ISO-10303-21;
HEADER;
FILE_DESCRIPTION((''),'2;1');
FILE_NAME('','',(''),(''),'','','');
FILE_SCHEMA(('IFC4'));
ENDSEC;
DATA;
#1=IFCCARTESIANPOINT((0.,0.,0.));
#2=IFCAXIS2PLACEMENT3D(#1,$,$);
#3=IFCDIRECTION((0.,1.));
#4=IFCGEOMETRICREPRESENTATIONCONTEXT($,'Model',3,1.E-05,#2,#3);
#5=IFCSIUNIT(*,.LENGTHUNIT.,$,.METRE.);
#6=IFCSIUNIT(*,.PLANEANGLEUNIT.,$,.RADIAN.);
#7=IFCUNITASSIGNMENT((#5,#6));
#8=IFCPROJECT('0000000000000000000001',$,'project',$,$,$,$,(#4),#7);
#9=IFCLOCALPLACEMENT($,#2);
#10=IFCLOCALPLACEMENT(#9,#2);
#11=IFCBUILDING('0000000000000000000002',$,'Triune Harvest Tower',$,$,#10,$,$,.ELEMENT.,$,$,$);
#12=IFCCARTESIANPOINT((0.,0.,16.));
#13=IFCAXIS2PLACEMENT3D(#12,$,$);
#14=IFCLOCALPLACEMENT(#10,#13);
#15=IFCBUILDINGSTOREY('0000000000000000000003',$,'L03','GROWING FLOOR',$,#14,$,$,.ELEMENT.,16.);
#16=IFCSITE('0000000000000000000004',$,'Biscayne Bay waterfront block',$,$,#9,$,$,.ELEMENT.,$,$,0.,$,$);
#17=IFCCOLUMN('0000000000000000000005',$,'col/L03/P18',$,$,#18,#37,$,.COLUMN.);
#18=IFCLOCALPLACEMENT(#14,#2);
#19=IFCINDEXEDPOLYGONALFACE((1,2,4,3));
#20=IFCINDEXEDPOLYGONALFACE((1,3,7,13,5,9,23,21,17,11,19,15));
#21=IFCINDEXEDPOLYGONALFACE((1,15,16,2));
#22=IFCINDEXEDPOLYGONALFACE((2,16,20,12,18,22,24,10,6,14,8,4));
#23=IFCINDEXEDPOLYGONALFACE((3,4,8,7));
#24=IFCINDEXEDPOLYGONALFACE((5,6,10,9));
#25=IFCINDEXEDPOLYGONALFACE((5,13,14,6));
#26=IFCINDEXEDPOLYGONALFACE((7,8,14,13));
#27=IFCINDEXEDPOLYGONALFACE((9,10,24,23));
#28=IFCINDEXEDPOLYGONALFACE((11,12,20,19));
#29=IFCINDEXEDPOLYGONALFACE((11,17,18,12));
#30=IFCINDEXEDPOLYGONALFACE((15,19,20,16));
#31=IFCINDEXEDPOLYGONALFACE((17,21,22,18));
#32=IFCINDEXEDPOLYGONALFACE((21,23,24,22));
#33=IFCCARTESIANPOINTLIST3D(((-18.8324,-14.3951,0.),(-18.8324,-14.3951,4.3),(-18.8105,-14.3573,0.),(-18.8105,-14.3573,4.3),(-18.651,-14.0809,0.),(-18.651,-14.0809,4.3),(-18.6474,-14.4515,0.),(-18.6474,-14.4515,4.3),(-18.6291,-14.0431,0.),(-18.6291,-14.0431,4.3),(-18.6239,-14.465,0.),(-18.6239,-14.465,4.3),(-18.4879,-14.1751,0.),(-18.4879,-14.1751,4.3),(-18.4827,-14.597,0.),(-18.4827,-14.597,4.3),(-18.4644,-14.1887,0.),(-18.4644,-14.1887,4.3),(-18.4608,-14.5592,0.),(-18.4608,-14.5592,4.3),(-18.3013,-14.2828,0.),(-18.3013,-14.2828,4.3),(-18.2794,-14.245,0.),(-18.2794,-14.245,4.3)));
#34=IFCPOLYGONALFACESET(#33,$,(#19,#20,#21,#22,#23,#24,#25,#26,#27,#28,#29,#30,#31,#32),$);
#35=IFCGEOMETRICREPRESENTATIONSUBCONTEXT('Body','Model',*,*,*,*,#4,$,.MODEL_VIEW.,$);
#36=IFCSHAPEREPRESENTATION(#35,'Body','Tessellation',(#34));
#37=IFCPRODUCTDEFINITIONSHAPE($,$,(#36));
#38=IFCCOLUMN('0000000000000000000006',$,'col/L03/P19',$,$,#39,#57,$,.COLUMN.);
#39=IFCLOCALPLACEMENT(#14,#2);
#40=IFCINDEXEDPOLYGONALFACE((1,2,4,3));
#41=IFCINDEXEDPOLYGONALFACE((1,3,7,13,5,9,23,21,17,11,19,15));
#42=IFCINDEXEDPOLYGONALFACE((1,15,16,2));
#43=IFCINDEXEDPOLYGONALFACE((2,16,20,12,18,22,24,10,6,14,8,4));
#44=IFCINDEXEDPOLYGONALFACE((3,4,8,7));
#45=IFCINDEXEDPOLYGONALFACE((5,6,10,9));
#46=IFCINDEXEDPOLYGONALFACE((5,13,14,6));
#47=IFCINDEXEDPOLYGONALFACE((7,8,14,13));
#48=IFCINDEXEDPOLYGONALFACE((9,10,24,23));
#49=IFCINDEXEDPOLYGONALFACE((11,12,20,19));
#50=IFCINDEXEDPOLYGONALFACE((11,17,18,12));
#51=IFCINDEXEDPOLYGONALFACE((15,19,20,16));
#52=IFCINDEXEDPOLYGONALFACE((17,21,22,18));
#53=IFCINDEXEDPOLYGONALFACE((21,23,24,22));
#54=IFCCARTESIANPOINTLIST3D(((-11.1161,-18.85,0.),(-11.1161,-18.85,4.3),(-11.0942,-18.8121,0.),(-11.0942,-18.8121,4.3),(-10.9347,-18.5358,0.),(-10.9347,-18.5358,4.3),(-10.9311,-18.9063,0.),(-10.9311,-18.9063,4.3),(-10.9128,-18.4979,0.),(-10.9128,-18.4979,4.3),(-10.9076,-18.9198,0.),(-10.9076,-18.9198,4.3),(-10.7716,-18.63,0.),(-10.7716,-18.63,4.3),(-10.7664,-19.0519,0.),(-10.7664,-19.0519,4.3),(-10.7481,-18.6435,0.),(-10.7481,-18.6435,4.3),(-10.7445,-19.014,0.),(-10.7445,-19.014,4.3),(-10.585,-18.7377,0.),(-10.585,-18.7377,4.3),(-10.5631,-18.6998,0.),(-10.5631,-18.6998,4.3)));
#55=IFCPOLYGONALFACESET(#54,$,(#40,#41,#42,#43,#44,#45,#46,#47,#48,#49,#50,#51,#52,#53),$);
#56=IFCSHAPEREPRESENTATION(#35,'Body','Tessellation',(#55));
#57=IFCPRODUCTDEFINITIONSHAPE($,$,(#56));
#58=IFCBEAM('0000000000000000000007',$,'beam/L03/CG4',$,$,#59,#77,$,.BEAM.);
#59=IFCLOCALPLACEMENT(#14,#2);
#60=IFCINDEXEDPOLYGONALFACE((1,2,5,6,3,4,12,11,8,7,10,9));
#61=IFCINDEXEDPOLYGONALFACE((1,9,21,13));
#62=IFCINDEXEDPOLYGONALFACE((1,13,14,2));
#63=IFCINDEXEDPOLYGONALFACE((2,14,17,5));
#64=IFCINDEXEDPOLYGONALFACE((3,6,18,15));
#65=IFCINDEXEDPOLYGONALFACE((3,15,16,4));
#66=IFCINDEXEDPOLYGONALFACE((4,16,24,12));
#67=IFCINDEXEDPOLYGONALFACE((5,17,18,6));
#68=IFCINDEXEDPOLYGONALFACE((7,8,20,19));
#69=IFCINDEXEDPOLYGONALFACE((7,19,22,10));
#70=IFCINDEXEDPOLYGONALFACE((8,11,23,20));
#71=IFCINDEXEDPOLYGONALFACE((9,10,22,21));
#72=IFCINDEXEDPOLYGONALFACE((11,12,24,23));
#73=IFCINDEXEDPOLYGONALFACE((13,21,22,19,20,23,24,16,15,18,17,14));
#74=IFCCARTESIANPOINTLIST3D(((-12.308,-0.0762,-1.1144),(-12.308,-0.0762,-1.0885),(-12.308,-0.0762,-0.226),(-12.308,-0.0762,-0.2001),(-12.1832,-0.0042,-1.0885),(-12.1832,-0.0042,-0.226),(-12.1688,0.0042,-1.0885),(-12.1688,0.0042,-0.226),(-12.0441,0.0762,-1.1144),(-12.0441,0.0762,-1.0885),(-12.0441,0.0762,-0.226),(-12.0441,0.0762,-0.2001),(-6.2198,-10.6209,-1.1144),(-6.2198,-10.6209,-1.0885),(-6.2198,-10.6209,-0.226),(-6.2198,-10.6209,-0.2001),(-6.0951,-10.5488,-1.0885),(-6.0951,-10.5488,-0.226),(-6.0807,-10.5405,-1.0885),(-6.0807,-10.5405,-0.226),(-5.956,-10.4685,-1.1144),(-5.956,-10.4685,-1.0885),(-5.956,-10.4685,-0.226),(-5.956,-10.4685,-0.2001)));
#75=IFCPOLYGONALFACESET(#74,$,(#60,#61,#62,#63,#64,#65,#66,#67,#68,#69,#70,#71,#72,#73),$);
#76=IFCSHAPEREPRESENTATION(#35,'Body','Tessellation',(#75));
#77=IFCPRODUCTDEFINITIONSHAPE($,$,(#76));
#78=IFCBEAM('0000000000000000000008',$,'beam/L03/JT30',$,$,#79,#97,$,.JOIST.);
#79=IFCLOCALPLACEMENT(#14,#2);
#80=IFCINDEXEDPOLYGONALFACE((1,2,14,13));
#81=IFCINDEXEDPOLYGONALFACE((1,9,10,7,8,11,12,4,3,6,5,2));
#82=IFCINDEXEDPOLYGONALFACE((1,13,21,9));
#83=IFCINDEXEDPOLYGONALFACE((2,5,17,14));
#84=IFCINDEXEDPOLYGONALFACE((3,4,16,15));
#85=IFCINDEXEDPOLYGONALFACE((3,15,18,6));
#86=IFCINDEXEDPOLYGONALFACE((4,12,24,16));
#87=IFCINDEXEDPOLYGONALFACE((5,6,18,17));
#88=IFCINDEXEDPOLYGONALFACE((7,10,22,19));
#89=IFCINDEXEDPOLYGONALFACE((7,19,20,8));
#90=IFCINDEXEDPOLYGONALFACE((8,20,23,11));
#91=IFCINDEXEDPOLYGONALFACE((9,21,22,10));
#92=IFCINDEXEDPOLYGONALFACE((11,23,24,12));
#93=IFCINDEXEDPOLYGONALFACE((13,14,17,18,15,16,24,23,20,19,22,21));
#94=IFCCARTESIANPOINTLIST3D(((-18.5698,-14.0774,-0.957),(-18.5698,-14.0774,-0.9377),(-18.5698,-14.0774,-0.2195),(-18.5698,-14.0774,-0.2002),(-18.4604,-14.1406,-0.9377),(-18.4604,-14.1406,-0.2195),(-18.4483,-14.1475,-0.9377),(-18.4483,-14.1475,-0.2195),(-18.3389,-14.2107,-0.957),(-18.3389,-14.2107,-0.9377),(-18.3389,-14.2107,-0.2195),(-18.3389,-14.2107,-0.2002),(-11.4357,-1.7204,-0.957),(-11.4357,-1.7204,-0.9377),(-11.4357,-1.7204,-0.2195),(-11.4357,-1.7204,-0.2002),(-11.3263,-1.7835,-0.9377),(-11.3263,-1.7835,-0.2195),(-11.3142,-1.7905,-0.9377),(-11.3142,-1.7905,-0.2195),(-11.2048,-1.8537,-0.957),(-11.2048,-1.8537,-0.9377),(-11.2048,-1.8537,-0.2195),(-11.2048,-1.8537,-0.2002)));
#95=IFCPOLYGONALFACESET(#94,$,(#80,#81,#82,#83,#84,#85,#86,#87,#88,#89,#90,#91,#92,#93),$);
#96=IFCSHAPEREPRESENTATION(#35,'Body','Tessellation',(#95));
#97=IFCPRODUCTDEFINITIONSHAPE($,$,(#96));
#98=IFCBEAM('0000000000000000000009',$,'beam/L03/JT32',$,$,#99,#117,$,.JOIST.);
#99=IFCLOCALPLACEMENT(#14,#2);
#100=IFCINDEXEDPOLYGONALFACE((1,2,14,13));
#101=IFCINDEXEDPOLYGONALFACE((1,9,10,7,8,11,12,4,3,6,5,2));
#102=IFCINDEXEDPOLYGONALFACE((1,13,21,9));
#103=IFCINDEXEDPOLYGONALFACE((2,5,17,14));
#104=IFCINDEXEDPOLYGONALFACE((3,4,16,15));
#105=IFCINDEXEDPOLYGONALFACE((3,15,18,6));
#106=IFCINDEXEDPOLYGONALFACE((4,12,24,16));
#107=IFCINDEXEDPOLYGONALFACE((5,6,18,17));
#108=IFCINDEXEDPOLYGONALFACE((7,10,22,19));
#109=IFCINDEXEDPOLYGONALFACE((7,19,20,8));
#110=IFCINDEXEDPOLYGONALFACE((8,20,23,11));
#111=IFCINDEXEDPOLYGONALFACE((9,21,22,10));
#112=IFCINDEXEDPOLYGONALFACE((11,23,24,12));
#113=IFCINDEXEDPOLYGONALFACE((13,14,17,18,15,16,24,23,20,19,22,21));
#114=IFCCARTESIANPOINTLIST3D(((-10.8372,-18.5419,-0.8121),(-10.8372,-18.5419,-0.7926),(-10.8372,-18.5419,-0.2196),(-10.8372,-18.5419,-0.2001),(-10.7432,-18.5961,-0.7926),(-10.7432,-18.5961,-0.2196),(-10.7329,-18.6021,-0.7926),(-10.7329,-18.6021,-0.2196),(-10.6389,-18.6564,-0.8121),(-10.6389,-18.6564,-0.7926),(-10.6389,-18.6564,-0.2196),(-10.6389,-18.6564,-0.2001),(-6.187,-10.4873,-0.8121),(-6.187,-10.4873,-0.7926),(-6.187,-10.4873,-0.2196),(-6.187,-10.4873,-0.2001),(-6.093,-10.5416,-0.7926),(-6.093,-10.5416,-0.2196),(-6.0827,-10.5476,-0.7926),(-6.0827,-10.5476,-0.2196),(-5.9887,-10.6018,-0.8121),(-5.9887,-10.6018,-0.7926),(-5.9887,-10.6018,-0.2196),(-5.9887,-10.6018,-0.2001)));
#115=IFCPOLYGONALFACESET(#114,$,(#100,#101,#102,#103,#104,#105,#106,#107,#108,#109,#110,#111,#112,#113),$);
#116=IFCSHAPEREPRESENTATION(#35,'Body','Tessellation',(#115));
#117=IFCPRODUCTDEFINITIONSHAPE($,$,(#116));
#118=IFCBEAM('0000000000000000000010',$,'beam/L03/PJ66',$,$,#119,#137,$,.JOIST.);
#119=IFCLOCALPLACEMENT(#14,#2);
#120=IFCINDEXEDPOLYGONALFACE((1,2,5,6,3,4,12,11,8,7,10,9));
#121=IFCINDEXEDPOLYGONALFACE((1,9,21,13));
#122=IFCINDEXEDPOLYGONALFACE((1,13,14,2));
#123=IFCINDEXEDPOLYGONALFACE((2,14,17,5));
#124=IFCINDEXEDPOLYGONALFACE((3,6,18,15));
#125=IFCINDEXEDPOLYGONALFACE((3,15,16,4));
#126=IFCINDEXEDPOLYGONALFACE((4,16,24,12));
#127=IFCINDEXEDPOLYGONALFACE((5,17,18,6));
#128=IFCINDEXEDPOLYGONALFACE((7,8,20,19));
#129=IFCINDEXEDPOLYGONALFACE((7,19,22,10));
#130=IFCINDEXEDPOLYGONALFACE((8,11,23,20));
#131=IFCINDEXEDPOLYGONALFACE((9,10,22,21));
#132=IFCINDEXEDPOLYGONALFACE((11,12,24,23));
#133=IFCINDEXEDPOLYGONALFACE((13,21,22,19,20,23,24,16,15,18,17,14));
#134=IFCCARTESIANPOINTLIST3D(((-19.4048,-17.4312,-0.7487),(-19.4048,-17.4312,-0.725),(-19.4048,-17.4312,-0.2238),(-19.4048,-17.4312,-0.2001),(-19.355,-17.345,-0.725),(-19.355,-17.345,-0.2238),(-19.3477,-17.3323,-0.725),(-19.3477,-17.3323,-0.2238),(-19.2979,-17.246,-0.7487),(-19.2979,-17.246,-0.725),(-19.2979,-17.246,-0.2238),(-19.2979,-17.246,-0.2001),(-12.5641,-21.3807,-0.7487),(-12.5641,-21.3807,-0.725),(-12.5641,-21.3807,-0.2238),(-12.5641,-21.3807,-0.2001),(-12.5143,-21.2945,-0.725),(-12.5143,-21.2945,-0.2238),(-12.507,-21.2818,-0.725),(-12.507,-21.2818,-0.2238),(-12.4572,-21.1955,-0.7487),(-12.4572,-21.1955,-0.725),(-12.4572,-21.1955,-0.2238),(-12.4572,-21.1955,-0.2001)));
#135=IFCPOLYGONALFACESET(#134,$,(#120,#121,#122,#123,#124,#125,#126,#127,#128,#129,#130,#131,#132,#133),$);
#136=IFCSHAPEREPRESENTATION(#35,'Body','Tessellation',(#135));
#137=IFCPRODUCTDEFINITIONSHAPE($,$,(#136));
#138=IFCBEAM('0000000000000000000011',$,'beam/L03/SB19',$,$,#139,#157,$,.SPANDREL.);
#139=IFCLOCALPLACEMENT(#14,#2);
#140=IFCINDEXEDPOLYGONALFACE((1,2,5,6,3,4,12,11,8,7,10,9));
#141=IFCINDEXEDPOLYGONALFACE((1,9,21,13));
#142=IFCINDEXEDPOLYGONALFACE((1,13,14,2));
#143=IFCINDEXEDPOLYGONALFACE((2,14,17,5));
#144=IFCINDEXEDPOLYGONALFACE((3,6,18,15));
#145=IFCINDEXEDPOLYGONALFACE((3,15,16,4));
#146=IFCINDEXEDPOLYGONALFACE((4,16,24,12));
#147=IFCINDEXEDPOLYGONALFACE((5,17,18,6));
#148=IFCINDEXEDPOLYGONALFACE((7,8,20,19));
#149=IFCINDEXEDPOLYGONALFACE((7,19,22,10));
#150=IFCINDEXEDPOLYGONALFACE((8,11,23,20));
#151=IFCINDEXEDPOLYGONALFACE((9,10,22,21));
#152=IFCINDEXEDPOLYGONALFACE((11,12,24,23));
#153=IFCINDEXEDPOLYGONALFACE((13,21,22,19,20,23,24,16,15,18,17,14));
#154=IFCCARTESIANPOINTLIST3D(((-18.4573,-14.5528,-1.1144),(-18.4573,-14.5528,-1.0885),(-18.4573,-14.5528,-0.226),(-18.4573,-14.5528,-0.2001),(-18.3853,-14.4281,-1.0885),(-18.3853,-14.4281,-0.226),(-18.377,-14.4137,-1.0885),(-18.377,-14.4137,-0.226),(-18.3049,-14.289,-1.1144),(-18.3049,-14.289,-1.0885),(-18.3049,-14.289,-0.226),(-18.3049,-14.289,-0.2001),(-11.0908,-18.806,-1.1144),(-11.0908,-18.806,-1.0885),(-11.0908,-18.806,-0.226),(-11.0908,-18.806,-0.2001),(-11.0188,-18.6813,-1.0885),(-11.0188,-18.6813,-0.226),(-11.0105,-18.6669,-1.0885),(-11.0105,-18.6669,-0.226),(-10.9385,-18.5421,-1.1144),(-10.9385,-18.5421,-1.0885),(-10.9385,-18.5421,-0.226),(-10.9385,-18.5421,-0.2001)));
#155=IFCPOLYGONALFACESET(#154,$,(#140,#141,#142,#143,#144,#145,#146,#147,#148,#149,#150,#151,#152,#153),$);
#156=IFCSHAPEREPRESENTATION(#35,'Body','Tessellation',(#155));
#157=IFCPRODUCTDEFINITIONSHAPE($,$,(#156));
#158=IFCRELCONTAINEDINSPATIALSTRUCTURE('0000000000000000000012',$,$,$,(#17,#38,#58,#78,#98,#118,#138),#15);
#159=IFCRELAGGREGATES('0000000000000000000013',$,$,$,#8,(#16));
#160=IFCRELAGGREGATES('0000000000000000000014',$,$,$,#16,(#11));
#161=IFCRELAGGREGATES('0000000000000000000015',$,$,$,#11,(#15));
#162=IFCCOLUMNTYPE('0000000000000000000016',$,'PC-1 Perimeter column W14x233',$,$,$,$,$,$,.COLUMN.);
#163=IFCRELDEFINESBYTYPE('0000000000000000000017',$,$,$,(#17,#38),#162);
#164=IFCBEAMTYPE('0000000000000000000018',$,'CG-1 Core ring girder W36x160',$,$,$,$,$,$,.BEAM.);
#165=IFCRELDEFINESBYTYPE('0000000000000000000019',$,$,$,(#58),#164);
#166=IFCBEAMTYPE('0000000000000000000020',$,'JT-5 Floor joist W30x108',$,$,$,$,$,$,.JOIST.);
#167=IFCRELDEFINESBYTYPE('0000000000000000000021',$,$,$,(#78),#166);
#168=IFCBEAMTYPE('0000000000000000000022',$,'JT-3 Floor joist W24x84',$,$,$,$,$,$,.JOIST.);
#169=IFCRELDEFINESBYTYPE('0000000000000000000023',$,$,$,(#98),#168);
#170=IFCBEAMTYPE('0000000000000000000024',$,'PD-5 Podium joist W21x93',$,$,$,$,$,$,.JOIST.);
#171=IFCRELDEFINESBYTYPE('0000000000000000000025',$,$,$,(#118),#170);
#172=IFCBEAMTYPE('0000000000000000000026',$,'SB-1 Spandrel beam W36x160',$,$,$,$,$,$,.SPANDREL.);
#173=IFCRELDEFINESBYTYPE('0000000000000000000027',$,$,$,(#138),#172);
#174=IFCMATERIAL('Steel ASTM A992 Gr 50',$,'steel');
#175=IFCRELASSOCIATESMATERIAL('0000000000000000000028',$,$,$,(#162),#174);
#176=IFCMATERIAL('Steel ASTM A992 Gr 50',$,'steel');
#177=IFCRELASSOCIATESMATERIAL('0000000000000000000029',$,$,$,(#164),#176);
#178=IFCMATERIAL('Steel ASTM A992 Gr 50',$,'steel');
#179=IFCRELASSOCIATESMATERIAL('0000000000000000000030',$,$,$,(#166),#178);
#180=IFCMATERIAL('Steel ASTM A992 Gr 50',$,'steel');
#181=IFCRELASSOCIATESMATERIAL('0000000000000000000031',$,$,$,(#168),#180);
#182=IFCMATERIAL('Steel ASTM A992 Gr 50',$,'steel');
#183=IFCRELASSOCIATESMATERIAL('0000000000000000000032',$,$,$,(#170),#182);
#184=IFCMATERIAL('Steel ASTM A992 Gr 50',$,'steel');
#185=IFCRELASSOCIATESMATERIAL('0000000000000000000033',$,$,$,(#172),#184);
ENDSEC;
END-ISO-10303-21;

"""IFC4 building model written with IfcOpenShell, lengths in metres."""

from ifc_helpers import new_model, si_unit, direction, frame, origin, origin_2d, place, context, subcontext, project, spatial, i_section, extrude, source, transform, mapped, material, material_profile, profile_set, type_object, element, save


model = new_model("IFC4")

# Units and contexts
model_context = context("Model", 3, precision=1e-05, world=origin(), true_north=direction((0.0, 1.0)))
body_context = subcontext(model_context, "Body", "Model", "MODEL_VIEW")
ifc_project = project(units=[si_unit("LENGTHUNIT", "METRE"), si_unit("PLANEANGLEUNIT", "RADIAN")], contexts=[model_context])

# Site, building, storey
site_placement = place(None, origin())
site = spatial("IfcSite", under=ifc_project, at=site_placement, Name="Biscayne Bay waterfront block", CompositionType="ELEMENT", RefElevation=0.0)
building_placement = place(site_placement, origin())
building = spatial("IfcBuilding", under=site, at=building_placement, Name="Triune Harvest Tower", CompositionType="ELEMENT")
storey_placement = place(building_placement, frame((0.0, 0.0, 16.0)))
storey = spatial("IfcBuildingStorey", under=building, at=storey_placement, Name="L03", Description="GROWING FLOOR", CompositionType="ELEMENT", Elevation=16.0)

# Columns
ifc_material_1 = material(Name="Steel ASTM A992 Gr 50", Category="steel")
ifc_material_profile_1 = material_profile(ifc_material_1, i_section(OverallWidth=0.4038, OverallDepth=0.4065, WebThickness=0.0271, FlangeThickness=0.0437, at=origin_2d()), Name="W14x233")
ifc_profile_set_1 = profile_set([ifc_material_profile_1], Name="Steel ASTM A992 Gr 50")
column_type = type_object("IfcColumnType", Name="PC-1 Perimeter column W14x233", PredefinedType="COLUMN", material=ifc_profile_set_1)
shared_shape_1 = source(origin(), body_context, "Body", "SweptSolid", [
    extrude(i_section(OverallWidth=0.4038, OverallDepth=0.4065, WebThickness=0.0271, FlangeThickness=0.0437, at=origin_2d()), origin(), (0.0, 0.0, 1.0), 4.3),
])
for number, where, z_axis, x_axis, name in (
    (1, (-18.5559, -14.3201, 0.0), (0.0, 0.0, 1.0), (0.866025, -0.5, 0.0), "col/L03/P18"),
    (2, (-10.8396, -18.7749, 0.0), (0.0, 0.0, 1.0), (0.866025, -0.5, 0.0), "col/L03/P19"),
):
    element("IfcColumn", number, at=place(storey_placement, frame(where, z_axis=z_axis, x_axis=x_axis)), inside=storey, type_object=column_type, Name=name, PredefinedType="COLUMN", context=body_context, shape_type="MappedRepresentation", body=[
        mapped(shared_shape_1, transform((0.0, 0.0, 0.0), scale=1.0)),
    ])

# Beams
ifc_material_2 = material(Name="Steel ASTM A992 Gr 50", Category="steel")
ifc_material_profile_2 = material_profile(ifc_material_2, i_section(OverallWidth=0.3047, OverallDepth=0.9143, WebThickness=0.0166, FlangeThickness=0.0259, at=origin_2d()), Name="W36x160")
ifc_profile_set_2 = profile_set([ifc_material_profile_2], Name="Steel ASTM A992 Gr 50")
beam_type_1 = type_object("IfcBeamType", Name="CG-1 Core ring girder W36x160", PredefinedType="BEAM", material=ifc_profile_set_2)
shared_shape_2 = source(origin(), body_context, "Body", "SweptSolid", [
    extrude(i_section(OverallWidth=0.3047, OverallDepth=0.9143, WebThickness=0.0166, FlangeThickness=0.0259, at=origin_2d()), origin(), (0.0, 0.0, 1.0), 12.176),
])
beam_1_placement = place(storey_placement, frame((-12.176, 0.0, -0.6572), z_axis=(0.50001, -0.86602, 0.0), x_axis=(0.86602, 0.50001, 0.0)))
element("IfcBeam", 3, at=beam_1_placement, inside=storey, type_object=beam_type_1, Name="beam/L03/CG4", PredefinedType="BEAM", context=body_context, shape_type="MappedRepresentation", body=[
    mapped(shared_shape_2, transform((0.0, 0.0, 0.0), scale=1.0)),
])
ifc_material_3 = material(Name="Steel ASTM A992 Gr 50", Category="steel")
ifc_material_profile_3 = material_profile(ifc_material_3, i_section(OverallWidth=0.2666, OverallDepth=0.7568, WebThickness=0.0139, FlangeThickness=0.0193, at=origin_2d()), Name="W30x108")
ifc_profile_set_3 = profile_set([ifc_material_profile_3], Name="Steel ASTM A992 Gr 50")
beam_type_2 = type_object("IfcBeamType", Name="JT-5 Floor joist W30x108", PredefinedType="JOIST", material=ifc_profile_set_3)
shared_shape_3 = source(origin(), body_context, "Body", "SweptSolid", [
    extrude(i_section(OverallWidth=0.2666, OverallDepth=0.7568, WebThickness=0.0139, FlangeThickness=0.0193, at=origin_2d()), origin(), (0.0, 0.0, 1.0), 14.2686),
])
beam_2_placement = place(storey_placement, frame((-18.4543, -14.144, -0.5786), z_axis=(0.499987, 0.866033, 0.0), x_axis=(-0.866033, 0.499987, 0.0)))
element("IfcBeam", 4, at=beam_2_placement, inside=storey, type_object=beam_type_2, Name="beam/L03/JT30", PredefinedType="JOIST", context=body_context, shape_type="MappedRepresentation", body=[
    mapped(shared_shape_3, transform((0.0, 0.0, 0.0), scale=1.0)),
])
ifc_material_4 = material(Name="Steel ASTM A992 Gr 50", Category="steel")
ifc_material_profile_4 = material_profile(ifc_material_4, i_section(OverallWidth=0.229, OverallDepth=0.6121, WebThickness=0.012, FlangeThickness=0.0195, at=origin_2d()), Name="W24x84")
ifc_profile_set_4 = profile_set([ifc_material_profile_4], Name="Steel ASTM A992 Gr 50")
beam_type_3 = type_object("IfcBeamType", Name="JT-3 Floor joist W24x84", PredefinedType="JOIST", material=ifc_profile_set_4)
shared_shape_4 = source(origin(), body_context, "Body", "SweptSolid", [
    extrude(i_section(OverallWidth=0.229, OverallDepth=0.6121, WebThickness=0.012, FlangeThickness=0.0195, at=origin_2d()), origin(), (0.0, 0.0, 1.0), 9.3005),
])
beam_3_placement = place(storey_placement, frame((-10.738, -18.5991, -0.5061), z_axis=(0.499993, 0.86603, 0.0), x_axis=(-0.86603, 0.499993, 0.0)))
element("IfcBeam", 5, at=beam_3_placement, inside=storey, type_object=beam_type_3, Name="beam/L03/JT32", PredefinedType="JOIST", context=body_context, shape_type="MappedRepresentation", body=[
    mapped(shared_shape_4, transform((0.0, 0.0, 0.0), scale=1.0)),
])
ifc_material_5 = material(Name="Steel ASTM A992 Gr 50", Category="steel")
ifc_material_profile_5 = material_profile(ifc_material_5, i_section(OverallWidth=0.2139, OverallDepth=0.5486, WebThickness=0.0146, FlangeThickness=0.0237, at=origin_2d()), Name="W21x93")
ifc_profile_set_5 = profile_set([ifc_material_profile_5], Name="Steel ASTM A992 Gr 50")
beam_type_4 = type_object("IfcBeamType", Name="PD-5 Podium joist W21x93", PredefinedType="JOIST", material=ifc_profile_set_5)
shared_shape_5 = source(origin(), body_context, "Body", "SweptSolid", [
    extrude(i_section(OverallWidth=0.2139, OverallDepth=0.5486, WebThickness=0.0146, FlangeThickness=0.0237, at=origin_2d()), origin(), (0.0, 0.0, 1.0), 7.8989),
])
beam_4_placement = place(storey_placement, frame((-19.3513, -17.3386, -0.4744), z_axis=(0.866022, -0.500005, 0.0), x_axis=(0.500005, 0.866022, 0.0)))
element("IfcBeam", 6, at=beam_4_placement, inside=storey, type_object=beam_type_4, Name="beam/L03/PJ66", PredefinedType="JOIST", context=body_context, shape_type="MappedRepresentation", body=[
    mapped(shared_shape_5, transform((0.0, 0.0, 0.0), scale=1.0)),
])
ifc_material_6 = material(Name="Steel ASTM A992 Gr 50", Category="steel")
ifc_material_profile_6 = material_profile(ifc_material_6, i_section(OverallWidth=0.3047, OverallDepth=0.9143, WebThickness=0.0166, FlangeThickness=0.0259, at=origin_2d()), Name="W36x160")
ifc_profile_set_6 = profile_set([ifc_material_profile_6], Name="Steel ASTM A992 Gr 50")
beam_type_5 = type_object("IfcBeamType", Name="SB-1 Spandrel beam W36x160", PredefinedType="SPANDREL", material=ifc_profile_set_6)
shared_shape_6 = source(origin(), body_context, "Body", "SweptSolid", [
    extrude(i_section(OverallWidth=0.3047, OverallDepth=0.9143, WebThickness=0.0166, FlangeThickness=0.0259, at=origin_2d()), origin(), (0.0, 0.0, 1.0), 8.5061),
])
for number, where, z_axis, x_axis, name in (
    (7, (-18.3811, -14.4209, -0.6572), (0.866018, -0.500013, 0.0), (0.500013, 0.866018, 0.0), "beam/L03/SB19"),
):
    element("IfcBeam", number, at=place(storey_placement, frame(where, z_axis=z_axis, x_axis=x_axis)), inside=storey, type_object=beam_type_5, Name=name, PredefinedType="SPANDREL", context=body_context, shape_type="MappedRepresentation", body=[
        mapped(shared_shape_6, transform((0.0, 0.0, 0.0), scale=1.0)),
    ])

save(model, "model.ifc")
